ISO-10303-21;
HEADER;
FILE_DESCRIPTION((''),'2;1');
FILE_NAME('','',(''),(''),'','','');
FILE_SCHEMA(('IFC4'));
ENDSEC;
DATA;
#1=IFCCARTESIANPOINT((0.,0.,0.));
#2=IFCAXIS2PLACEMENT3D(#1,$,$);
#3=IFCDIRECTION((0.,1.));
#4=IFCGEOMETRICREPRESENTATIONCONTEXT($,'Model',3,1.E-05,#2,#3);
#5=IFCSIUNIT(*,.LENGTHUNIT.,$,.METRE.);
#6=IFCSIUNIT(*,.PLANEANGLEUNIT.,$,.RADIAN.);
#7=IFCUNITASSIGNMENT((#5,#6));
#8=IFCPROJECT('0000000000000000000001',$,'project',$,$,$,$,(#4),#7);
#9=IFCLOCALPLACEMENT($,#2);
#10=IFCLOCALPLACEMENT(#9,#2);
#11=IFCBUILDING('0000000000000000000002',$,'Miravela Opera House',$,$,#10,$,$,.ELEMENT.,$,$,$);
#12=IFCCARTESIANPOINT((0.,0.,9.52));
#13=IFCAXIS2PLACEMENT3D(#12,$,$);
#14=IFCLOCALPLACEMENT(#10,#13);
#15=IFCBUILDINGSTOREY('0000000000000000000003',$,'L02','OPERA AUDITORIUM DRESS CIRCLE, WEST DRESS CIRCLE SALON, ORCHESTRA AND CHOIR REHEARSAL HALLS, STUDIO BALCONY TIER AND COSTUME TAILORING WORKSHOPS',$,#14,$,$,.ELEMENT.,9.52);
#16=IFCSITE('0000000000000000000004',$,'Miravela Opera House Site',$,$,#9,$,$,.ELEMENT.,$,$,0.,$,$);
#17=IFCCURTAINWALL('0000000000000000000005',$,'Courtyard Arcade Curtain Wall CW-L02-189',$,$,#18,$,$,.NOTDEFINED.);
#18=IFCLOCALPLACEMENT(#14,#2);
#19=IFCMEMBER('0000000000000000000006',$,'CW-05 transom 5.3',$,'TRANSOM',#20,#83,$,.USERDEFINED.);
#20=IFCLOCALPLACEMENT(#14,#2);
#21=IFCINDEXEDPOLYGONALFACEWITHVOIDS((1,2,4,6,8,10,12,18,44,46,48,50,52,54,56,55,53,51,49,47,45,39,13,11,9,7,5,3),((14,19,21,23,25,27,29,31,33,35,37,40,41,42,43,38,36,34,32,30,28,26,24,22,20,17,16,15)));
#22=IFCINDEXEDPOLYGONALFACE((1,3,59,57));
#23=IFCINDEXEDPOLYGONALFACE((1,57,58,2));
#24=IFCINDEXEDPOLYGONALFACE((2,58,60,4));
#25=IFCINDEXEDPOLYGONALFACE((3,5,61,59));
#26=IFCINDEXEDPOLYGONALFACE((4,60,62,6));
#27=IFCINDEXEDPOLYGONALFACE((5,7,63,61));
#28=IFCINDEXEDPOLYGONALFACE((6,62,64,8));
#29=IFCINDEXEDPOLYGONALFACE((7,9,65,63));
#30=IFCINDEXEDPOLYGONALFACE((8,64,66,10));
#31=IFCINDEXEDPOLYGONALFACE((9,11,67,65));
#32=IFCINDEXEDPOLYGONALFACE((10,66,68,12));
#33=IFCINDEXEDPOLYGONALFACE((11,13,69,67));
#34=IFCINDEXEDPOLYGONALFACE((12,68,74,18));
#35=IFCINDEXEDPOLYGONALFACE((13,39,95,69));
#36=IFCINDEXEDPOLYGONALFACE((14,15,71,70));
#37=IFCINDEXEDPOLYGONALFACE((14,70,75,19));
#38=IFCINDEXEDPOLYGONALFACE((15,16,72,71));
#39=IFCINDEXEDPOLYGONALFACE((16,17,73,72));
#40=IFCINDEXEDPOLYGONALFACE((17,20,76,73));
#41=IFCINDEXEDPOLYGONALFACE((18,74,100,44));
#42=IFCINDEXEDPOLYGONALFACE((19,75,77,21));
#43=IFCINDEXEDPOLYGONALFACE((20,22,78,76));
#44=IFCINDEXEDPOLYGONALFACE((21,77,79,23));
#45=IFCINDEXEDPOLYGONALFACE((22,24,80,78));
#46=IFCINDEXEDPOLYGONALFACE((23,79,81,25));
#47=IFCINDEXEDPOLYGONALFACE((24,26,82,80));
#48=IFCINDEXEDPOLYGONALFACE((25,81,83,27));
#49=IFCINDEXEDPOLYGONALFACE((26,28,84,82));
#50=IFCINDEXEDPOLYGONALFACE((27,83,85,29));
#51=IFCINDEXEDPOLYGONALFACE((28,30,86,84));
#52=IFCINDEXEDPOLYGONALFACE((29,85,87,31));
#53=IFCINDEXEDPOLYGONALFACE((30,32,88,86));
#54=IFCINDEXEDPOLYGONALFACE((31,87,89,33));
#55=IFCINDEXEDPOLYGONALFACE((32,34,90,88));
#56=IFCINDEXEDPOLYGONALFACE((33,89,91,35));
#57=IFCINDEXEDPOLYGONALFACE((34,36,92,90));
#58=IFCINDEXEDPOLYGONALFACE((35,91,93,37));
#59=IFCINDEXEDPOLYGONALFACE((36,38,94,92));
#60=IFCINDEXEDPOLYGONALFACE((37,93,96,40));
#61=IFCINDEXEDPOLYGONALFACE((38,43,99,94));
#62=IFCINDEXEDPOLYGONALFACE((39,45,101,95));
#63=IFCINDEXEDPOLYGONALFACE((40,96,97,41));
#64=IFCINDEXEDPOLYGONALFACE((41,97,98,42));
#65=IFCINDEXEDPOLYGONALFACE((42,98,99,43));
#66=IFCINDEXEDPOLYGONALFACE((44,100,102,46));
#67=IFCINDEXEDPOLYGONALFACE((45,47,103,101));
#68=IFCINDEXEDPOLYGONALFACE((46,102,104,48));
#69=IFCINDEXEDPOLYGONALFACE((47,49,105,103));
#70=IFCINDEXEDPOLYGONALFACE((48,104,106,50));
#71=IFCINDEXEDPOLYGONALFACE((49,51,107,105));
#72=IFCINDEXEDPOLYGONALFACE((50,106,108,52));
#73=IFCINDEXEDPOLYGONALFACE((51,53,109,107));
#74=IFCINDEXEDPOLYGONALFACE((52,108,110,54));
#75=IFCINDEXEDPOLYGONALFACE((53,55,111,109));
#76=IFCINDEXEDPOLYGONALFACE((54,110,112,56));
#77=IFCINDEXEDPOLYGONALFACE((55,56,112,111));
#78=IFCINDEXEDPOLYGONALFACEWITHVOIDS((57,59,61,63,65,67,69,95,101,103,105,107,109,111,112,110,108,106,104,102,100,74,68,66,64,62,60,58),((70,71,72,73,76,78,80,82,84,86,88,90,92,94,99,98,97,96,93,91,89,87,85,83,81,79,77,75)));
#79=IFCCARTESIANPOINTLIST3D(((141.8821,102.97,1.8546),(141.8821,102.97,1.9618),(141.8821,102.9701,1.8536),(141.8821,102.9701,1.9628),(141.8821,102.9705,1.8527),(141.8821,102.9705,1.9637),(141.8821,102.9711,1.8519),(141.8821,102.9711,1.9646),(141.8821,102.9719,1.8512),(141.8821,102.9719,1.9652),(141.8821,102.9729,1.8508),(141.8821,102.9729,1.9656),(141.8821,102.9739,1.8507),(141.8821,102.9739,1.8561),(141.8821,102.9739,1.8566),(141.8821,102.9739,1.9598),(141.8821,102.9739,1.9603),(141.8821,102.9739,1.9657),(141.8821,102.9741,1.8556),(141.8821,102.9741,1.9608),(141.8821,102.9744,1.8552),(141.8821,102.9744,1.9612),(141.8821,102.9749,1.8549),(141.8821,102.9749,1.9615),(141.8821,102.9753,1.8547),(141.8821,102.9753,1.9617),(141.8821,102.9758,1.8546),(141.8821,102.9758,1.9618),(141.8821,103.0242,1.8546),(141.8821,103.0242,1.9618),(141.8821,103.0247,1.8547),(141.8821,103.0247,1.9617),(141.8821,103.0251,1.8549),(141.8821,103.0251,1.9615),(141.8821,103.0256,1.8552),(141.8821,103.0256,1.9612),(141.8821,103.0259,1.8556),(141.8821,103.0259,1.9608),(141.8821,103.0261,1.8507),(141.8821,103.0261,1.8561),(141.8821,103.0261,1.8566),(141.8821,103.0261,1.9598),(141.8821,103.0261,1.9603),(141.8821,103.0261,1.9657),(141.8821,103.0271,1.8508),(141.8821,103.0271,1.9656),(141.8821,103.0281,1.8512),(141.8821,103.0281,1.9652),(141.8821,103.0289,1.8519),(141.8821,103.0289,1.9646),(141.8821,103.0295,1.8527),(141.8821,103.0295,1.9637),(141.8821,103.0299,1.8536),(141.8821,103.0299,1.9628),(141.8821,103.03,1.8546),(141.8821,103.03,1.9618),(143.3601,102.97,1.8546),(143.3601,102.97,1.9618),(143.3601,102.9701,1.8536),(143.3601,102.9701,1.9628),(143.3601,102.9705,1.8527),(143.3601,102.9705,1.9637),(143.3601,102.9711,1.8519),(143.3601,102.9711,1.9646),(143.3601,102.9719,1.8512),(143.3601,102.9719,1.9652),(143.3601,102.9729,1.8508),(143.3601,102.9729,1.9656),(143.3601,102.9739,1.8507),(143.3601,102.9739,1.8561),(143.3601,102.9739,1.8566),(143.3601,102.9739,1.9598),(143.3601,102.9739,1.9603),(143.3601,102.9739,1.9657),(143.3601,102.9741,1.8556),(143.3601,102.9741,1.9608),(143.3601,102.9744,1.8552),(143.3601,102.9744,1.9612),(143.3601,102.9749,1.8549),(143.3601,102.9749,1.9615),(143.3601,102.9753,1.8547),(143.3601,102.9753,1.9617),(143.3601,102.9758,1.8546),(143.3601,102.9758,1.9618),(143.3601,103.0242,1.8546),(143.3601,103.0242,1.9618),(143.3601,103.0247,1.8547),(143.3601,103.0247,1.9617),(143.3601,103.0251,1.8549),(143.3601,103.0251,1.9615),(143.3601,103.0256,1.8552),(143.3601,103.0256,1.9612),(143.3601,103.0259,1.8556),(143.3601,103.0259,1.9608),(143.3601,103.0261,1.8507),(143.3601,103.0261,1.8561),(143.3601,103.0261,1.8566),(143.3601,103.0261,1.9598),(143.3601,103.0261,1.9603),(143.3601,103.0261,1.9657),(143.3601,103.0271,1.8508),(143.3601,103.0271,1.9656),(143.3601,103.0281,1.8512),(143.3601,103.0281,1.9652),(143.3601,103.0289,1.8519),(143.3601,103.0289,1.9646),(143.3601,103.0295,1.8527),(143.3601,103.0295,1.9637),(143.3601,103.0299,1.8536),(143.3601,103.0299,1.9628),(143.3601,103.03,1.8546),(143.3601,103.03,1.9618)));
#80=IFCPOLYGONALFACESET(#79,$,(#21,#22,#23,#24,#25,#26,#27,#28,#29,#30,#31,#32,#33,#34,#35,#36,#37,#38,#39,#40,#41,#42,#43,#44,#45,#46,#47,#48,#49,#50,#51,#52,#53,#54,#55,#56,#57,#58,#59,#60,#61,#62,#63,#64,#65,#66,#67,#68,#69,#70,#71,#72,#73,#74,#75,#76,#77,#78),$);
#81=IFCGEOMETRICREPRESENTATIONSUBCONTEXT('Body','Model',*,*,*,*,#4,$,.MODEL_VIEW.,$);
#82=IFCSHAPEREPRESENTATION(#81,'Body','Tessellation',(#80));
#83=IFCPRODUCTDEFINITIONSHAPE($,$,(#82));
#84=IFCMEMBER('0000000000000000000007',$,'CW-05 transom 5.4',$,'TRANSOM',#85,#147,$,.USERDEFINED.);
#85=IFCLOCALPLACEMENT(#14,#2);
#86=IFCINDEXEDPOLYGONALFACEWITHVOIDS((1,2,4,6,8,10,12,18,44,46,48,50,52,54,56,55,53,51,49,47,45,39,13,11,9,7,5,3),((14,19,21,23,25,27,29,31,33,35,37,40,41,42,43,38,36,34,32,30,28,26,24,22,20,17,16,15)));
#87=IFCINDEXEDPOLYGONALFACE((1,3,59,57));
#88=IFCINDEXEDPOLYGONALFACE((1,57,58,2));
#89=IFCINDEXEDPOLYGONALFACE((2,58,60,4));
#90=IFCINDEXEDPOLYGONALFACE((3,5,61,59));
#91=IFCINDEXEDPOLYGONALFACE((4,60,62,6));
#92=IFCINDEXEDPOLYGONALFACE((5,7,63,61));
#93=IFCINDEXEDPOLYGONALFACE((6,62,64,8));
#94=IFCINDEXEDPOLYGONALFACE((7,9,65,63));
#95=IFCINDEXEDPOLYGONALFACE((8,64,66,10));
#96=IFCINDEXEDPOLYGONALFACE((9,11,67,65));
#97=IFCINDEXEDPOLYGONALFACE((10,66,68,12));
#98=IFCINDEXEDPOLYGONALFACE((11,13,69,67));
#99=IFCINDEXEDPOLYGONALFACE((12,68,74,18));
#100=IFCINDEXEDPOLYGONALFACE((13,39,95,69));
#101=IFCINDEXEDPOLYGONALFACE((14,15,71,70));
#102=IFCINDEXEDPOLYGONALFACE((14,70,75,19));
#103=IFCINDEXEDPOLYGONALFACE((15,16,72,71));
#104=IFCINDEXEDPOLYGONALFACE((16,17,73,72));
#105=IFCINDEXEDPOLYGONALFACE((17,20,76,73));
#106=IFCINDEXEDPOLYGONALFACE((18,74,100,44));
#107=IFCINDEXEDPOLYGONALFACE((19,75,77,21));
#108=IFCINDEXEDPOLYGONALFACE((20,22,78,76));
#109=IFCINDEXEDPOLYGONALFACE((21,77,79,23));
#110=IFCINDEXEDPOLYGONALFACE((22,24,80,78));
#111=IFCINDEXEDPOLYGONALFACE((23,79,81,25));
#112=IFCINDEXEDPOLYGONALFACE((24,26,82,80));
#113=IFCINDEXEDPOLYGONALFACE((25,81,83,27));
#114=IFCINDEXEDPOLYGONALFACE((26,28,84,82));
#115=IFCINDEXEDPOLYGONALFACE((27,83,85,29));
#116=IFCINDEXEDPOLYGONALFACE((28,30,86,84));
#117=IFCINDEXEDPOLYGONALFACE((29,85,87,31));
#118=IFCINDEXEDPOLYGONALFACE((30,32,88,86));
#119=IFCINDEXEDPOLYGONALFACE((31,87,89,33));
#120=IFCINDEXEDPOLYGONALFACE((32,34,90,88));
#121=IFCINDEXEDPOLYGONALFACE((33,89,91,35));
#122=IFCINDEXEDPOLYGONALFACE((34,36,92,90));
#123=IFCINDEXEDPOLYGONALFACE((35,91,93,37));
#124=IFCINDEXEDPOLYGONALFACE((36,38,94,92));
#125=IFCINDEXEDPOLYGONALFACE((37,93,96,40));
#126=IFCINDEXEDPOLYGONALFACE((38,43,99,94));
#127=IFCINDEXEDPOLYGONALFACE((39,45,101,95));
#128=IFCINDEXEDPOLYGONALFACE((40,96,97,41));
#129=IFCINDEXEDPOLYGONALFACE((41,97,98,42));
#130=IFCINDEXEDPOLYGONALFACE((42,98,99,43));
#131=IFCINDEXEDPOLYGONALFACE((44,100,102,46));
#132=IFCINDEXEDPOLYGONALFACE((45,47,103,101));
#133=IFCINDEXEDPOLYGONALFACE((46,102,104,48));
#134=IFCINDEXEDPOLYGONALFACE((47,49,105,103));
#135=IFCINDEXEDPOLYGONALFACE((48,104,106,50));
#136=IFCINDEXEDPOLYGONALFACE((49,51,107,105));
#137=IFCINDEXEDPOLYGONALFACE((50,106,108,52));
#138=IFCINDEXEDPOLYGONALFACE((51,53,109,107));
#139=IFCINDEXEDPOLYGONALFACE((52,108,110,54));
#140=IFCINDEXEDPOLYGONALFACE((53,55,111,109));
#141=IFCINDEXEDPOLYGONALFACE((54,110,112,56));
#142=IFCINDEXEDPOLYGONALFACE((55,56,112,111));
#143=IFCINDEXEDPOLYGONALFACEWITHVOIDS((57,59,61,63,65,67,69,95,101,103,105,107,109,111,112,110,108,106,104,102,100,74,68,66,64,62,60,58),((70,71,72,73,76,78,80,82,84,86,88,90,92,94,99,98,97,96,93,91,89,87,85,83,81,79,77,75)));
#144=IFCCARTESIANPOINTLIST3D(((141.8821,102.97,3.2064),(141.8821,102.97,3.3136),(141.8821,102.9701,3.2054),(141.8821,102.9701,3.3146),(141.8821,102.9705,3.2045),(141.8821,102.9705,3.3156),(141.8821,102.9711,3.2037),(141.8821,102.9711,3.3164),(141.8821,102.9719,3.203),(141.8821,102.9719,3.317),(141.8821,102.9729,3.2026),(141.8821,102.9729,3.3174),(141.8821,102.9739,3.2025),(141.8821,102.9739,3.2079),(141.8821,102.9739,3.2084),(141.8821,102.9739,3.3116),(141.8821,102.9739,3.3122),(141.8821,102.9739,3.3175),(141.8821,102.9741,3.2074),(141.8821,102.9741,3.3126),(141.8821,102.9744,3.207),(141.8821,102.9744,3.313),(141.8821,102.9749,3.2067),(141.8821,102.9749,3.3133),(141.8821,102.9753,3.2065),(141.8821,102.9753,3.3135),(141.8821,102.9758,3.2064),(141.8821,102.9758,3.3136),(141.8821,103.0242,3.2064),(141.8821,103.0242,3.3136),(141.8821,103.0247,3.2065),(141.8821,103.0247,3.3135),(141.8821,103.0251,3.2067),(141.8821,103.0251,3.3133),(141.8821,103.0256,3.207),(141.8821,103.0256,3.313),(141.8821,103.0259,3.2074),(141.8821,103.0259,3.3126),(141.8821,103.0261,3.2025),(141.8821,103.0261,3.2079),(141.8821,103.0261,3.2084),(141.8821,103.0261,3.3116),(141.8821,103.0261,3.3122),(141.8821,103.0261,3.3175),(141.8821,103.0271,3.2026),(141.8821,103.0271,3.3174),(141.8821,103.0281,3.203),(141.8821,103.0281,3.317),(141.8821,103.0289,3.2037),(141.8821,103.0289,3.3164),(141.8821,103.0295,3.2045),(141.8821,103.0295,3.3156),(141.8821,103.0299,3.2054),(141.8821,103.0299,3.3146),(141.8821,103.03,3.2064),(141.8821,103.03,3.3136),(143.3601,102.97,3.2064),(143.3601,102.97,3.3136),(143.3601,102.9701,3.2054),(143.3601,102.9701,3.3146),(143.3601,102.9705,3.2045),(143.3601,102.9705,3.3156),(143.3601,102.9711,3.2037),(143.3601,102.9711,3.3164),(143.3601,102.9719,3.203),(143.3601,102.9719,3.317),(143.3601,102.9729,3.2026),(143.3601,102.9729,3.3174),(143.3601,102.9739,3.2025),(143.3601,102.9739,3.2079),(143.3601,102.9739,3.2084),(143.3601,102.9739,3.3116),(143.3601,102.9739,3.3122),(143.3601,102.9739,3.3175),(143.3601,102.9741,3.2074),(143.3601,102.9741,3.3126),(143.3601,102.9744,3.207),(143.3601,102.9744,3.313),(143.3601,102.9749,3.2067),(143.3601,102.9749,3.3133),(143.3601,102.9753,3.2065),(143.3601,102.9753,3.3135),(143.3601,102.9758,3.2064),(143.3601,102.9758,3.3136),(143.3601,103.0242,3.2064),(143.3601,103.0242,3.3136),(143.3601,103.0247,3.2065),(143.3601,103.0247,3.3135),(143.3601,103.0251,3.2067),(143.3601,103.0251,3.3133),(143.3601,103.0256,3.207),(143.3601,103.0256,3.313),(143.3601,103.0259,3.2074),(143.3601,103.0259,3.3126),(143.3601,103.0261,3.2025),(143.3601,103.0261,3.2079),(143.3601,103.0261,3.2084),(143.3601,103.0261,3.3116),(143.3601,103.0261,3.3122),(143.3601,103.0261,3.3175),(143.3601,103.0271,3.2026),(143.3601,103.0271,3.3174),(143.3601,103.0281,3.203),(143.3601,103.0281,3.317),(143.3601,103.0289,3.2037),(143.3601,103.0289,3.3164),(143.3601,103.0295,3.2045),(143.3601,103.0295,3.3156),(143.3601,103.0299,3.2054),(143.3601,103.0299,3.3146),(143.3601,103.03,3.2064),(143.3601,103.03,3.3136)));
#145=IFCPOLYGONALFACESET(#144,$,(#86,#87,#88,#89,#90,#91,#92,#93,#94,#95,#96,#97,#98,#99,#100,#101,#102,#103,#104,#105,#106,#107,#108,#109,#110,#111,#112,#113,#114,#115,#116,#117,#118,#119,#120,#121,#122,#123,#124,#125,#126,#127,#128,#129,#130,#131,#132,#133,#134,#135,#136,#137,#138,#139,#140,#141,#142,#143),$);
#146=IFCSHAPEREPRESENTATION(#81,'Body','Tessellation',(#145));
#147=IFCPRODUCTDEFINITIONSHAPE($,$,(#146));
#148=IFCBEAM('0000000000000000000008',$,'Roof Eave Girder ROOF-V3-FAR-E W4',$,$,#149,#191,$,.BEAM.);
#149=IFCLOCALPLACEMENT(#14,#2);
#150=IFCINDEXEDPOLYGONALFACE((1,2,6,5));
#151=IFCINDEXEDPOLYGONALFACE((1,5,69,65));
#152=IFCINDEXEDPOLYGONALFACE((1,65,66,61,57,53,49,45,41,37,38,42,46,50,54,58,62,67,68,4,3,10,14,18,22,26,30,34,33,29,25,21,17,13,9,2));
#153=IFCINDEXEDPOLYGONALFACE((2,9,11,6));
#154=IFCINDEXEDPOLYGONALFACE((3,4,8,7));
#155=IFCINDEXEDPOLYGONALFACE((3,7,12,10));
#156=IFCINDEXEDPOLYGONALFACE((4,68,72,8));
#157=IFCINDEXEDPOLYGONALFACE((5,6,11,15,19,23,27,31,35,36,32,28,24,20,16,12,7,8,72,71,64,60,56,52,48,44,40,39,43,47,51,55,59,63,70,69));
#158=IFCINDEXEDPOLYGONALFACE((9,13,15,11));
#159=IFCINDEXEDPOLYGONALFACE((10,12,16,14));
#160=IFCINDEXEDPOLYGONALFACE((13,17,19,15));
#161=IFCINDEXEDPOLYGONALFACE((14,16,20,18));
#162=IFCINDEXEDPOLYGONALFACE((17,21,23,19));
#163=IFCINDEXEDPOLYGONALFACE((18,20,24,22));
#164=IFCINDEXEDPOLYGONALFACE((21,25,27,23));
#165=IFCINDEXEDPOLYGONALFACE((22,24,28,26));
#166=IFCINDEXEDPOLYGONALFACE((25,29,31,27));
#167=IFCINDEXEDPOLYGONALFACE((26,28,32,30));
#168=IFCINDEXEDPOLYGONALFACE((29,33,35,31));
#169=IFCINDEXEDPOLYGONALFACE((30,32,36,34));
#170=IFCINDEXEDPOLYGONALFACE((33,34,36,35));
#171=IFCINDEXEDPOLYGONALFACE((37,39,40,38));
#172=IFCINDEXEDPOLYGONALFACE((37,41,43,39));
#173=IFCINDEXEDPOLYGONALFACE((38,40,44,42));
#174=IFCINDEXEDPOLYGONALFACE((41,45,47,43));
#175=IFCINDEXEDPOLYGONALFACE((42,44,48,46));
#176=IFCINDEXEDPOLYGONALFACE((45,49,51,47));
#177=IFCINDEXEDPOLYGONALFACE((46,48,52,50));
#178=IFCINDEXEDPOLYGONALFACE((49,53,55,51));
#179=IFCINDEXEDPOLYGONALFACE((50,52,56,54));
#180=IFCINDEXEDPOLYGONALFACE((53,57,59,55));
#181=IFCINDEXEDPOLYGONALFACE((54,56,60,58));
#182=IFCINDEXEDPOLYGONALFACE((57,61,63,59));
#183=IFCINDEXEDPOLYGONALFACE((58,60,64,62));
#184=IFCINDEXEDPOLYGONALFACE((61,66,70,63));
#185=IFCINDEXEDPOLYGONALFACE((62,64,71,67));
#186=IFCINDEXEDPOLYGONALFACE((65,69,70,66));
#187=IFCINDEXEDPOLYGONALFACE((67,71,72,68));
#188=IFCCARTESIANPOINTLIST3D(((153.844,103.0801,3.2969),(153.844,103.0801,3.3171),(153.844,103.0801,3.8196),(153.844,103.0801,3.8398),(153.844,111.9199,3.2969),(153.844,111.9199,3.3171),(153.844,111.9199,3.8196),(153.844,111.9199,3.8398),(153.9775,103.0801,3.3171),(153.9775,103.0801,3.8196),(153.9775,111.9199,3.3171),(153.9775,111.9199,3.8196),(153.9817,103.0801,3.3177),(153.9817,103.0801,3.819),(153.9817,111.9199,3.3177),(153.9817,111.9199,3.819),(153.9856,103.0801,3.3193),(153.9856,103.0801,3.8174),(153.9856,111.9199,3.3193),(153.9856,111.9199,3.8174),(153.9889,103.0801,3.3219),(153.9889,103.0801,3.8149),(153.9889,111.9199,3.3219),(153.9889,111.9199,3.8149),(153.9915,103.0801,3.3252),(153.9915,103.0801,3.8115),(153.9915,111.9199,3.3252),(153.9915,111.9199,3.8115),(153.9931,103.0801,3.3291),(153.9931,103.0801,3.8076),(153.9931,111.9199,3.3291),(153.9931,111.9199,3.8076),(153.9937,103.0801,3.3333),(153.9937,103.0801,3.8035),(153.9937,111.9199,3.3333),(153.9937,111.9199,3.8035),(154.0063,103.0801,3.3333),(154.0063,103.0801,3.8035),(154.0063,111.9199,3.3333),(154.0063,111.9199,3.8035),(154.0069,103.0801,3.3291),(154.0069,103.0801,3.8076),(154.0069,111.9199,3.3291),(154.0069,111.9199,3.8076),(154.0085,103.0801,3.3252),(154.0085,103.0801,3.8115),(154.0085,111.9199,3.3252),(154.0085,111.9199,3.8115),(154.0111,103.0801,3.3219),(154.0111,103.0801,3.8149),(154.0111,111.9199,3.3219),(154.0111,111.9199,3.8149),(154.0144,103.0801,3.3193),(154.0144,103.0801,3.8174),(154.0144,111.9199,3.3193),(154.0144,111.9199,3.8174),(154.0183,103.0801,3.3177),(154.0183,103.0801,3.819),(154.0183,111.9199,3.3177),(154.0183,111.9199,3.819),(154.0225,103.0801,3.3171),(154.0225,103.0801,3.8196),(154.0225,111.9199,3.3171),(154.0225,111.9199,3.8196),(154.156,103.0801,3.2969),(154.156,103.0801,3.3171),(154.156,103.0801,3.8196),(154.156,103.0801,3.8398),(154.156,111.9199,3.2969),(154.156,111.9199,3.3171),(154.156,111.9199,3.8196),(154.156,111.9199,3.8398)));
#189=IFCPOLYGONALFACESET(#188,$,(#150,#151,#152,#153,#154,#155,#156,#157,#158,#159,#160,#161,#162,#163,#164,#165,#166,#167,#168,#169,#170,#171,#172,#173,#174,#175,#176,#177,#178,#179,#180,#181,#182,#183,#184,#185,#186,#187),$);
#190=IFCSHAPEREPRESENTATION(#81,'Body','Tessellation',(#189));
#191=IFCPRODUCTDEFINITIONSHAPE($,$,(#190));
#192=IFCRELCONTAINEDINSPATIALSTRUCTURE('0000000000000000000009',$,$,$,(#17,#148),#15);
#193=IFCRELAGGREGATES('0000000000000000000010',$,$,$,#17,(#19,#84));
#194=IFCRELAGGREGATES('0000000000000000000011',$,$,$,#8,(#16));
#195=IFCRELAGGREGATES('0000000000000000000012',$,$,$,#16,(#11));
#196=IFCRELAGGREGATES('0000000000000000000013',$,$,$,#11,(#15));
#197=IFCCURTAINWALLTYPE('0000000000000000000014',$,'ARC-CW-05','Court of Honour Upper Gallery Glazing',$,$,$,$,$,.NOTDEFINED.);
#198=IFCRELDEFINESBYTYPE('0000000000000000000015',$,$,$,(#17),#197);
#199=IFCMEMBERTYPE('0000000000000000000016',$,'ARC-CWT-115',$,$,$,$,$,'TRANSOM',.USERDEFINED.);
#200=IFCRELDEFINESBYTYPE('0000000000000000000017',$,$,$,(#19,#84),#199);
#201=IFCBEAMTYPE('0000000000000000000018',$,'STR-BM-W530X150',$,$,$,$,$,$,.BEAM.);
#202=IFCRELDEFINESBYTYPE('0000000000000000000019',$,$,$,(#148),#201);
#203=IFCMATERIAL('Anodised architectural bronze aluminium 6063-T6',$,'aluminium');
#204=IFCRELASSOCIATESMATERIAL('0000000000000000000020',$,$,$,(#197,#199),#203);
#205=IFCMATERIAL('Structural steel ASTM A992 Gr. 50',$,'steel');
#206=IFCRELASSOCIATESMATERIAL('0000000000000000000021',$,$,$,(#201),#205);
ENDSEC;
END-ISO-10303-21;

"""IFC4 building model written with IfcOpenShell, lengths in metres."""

from ifc_helpers import new_model, si_unit, direction, frame, origin, origin_2d, place, context, subcontext, project, spatial, hollow_rectangle, i_section, extrude, material, material_profile, profile_set, type_object, element, aggregate, save


model = new_model("IFC4")

# Units and contexts
model_context = context("Model", 3, precision=1e-05, world=origin(), true_north=direction((0.0, 1.0)))
body_context = subcontext(model_context, "Body", "Model", "MODEL_VIEW")
ifc_project = project(units=[si_unit("LENGTHUNIT", "METRE"), si_unit("PLANEANGLEUNIT", "RADIAN")], contexts=[model_context])

# Site, building, storey
site_placement = place(None, origin())
site = spatial("IfcSite", under=ifc_project, at=site_placement, Name="Miravela Opera House Site", CompositionType="ELEMENT", RefElevation=0.0)
building_placement = place(site_placement, origin())
building = spatial("IfcBuilding", under=site, at=building_placement, Name="Miravela Opera House", CompositionType="ELEMENT")
storey_placement = place(building_placement, frame((0.0, 0.0, 9.52)))
storey = spatial("IfcBuildingStorey", under=building, at=storey_placement, Name="L02", Description="OPERA AUDITORIUM DRESS CIRCLE, WEST DRESS CIRCLE SALON, ORCHESTRA AND CHOIR REHEARSAL HALLS, STUDIO BALCONY TIER AND COSTUME TAILORING WORKSHOPS", CompositionType="ELEMENT", Elevation=9.52)

# Curtain wall, members
ifc_material_1 = material(Name="Anodised architectural bronze aluminium 6063-T6", Category="aluminium")
curtain_wall_type = type_object("IfcCurtainWallType", Name="ARC-CW-05", Description="Court of Honour Upper Gallery Glazing", PredefinedType="NOTDEFINED", material=ifc_material_1)
curtain_wall_placement = place(storey_placement, origin())
curtain_wall = element("IfcCurtainWall", 1, at=curtain_wall_placement, inside=storey, type_object=curtain_wall_type, Name="Courtyard Arcade Curtain Wall CW-L02-189", PredefinedType="NOTDEFINED")
ifc_material_profile_1 = material_profile(ifc_material_1, hollow_rectangle(XDim=0.0601, YDim=0.115, WallThickness=0.0039, InnerFilletRadius=0.002, OuterFilletRadius=0.0039, at=origin_2d()), Name="CWT-60X115")
ifc_profile_set_1 = profile_set([ifc_material_profile_1])
member_type_1 = type_object("IfcMemberType", Name="ARC-CWT-115", ElementType="TRANSOM", PredefinedType="USERDEFINED", material=ifc_profile_set_1)
member_1_placement = place(storey_placement, frame((141.8821, 103.0, 1.9082), z_axis=(1.0, 0.0, 0.0), x_axis=(0.0, 1.0, 0.0)))
member_1 = element("IfcMember", 2, at=member_1_placement, type_object=member_type_1, Name="CW-05 transom 5.3", ObjectType="TRANSOM", PredefinedType="USERDEFINED", context=body_context, shape_type="SweptSolid", body=[
    extrude(hollow_rectangle(XDim=0.0601, YDim=0.115, WallThickness=0.0039, InnerFilletRadius=0.002, OuterFilletRadius=0.0039, at=origin_2d()), origin(), (0.0, 0.0, 1.0), 1.478),
])
member_2_placement = place(storey_placement, frame((141.8821, 103.0, 3.26), z_axis=(1.0, 0.0, 0.0), x_axis=(0.0, 1.0, 0.0)))
member_2 = element("IfcMember", 3, at=member_2_placement, type_object=member_type_1, Name="CW-05 transom 5.4", ObjectType="TRANSOM", PredefinedType="USERDEFINED", context=body_context, shape_type="SweptSolid", body=[
    extrude(hollow_rectangle(XDim=0.0601, YDim=0.115, WallThickness=0.0039, InnerFilletRadius=0.002, OuterFilletRadius=0.0039, at=origin_2d()), origin(), (0.0, 0.0, 1.0), 1.478),
])

# Beam
ifc_material_2 = material(Name="Structural steel ASTM A992 Gr. 50", Category="steel")
ifc_material_profile_2 = material_profile(ifc_material_2, i_section(OverallWidth=0.312, OverallDepth=0.543, WebThickness=0.0127, FlangeThickness=0.0203, FilletRadius=0.0161, at=origin_2d()), Name="W530X150")
ifc_profile_set_2 = profile_set([ifc_material_profile_2])
beam_type = type_object("IfcBeamType", Name="STR-BM-W530X150", PredefinedType="BEAM", material=ifc_profile_set_2)
for number, where, z_axis, x_axis, name in (
    (4, (154.0, 103.0801, 3.5684), (0.0, 1.0, 0.0), (-1.0, 0.0, 0.0), "Roof Eave Girder ROOF-V3-FAR-E W4"),
):
    element("IfcBeam", number, at=place(storey_placement, frame(where, z_axis=z_axis, x_axis=x_axis)), inside=storey, type_object=beam_type, Name=name, PredefinedType="BEAM", context=body_context, shape_type="SweptSolid", body=[
        extrude(i_section(OverallWidth=0.312, OverallDepth=0.543, WebThickness=0.0127, FlangeThickness=0.0203, FilletRadius=0.0161, at=origin_2d()), origin(), (0.0, 0.0, 1.0), 8.8398),
    ])

aggregate(curtain_wall, [member_1, member_2])

save(model, "model.ifc")
